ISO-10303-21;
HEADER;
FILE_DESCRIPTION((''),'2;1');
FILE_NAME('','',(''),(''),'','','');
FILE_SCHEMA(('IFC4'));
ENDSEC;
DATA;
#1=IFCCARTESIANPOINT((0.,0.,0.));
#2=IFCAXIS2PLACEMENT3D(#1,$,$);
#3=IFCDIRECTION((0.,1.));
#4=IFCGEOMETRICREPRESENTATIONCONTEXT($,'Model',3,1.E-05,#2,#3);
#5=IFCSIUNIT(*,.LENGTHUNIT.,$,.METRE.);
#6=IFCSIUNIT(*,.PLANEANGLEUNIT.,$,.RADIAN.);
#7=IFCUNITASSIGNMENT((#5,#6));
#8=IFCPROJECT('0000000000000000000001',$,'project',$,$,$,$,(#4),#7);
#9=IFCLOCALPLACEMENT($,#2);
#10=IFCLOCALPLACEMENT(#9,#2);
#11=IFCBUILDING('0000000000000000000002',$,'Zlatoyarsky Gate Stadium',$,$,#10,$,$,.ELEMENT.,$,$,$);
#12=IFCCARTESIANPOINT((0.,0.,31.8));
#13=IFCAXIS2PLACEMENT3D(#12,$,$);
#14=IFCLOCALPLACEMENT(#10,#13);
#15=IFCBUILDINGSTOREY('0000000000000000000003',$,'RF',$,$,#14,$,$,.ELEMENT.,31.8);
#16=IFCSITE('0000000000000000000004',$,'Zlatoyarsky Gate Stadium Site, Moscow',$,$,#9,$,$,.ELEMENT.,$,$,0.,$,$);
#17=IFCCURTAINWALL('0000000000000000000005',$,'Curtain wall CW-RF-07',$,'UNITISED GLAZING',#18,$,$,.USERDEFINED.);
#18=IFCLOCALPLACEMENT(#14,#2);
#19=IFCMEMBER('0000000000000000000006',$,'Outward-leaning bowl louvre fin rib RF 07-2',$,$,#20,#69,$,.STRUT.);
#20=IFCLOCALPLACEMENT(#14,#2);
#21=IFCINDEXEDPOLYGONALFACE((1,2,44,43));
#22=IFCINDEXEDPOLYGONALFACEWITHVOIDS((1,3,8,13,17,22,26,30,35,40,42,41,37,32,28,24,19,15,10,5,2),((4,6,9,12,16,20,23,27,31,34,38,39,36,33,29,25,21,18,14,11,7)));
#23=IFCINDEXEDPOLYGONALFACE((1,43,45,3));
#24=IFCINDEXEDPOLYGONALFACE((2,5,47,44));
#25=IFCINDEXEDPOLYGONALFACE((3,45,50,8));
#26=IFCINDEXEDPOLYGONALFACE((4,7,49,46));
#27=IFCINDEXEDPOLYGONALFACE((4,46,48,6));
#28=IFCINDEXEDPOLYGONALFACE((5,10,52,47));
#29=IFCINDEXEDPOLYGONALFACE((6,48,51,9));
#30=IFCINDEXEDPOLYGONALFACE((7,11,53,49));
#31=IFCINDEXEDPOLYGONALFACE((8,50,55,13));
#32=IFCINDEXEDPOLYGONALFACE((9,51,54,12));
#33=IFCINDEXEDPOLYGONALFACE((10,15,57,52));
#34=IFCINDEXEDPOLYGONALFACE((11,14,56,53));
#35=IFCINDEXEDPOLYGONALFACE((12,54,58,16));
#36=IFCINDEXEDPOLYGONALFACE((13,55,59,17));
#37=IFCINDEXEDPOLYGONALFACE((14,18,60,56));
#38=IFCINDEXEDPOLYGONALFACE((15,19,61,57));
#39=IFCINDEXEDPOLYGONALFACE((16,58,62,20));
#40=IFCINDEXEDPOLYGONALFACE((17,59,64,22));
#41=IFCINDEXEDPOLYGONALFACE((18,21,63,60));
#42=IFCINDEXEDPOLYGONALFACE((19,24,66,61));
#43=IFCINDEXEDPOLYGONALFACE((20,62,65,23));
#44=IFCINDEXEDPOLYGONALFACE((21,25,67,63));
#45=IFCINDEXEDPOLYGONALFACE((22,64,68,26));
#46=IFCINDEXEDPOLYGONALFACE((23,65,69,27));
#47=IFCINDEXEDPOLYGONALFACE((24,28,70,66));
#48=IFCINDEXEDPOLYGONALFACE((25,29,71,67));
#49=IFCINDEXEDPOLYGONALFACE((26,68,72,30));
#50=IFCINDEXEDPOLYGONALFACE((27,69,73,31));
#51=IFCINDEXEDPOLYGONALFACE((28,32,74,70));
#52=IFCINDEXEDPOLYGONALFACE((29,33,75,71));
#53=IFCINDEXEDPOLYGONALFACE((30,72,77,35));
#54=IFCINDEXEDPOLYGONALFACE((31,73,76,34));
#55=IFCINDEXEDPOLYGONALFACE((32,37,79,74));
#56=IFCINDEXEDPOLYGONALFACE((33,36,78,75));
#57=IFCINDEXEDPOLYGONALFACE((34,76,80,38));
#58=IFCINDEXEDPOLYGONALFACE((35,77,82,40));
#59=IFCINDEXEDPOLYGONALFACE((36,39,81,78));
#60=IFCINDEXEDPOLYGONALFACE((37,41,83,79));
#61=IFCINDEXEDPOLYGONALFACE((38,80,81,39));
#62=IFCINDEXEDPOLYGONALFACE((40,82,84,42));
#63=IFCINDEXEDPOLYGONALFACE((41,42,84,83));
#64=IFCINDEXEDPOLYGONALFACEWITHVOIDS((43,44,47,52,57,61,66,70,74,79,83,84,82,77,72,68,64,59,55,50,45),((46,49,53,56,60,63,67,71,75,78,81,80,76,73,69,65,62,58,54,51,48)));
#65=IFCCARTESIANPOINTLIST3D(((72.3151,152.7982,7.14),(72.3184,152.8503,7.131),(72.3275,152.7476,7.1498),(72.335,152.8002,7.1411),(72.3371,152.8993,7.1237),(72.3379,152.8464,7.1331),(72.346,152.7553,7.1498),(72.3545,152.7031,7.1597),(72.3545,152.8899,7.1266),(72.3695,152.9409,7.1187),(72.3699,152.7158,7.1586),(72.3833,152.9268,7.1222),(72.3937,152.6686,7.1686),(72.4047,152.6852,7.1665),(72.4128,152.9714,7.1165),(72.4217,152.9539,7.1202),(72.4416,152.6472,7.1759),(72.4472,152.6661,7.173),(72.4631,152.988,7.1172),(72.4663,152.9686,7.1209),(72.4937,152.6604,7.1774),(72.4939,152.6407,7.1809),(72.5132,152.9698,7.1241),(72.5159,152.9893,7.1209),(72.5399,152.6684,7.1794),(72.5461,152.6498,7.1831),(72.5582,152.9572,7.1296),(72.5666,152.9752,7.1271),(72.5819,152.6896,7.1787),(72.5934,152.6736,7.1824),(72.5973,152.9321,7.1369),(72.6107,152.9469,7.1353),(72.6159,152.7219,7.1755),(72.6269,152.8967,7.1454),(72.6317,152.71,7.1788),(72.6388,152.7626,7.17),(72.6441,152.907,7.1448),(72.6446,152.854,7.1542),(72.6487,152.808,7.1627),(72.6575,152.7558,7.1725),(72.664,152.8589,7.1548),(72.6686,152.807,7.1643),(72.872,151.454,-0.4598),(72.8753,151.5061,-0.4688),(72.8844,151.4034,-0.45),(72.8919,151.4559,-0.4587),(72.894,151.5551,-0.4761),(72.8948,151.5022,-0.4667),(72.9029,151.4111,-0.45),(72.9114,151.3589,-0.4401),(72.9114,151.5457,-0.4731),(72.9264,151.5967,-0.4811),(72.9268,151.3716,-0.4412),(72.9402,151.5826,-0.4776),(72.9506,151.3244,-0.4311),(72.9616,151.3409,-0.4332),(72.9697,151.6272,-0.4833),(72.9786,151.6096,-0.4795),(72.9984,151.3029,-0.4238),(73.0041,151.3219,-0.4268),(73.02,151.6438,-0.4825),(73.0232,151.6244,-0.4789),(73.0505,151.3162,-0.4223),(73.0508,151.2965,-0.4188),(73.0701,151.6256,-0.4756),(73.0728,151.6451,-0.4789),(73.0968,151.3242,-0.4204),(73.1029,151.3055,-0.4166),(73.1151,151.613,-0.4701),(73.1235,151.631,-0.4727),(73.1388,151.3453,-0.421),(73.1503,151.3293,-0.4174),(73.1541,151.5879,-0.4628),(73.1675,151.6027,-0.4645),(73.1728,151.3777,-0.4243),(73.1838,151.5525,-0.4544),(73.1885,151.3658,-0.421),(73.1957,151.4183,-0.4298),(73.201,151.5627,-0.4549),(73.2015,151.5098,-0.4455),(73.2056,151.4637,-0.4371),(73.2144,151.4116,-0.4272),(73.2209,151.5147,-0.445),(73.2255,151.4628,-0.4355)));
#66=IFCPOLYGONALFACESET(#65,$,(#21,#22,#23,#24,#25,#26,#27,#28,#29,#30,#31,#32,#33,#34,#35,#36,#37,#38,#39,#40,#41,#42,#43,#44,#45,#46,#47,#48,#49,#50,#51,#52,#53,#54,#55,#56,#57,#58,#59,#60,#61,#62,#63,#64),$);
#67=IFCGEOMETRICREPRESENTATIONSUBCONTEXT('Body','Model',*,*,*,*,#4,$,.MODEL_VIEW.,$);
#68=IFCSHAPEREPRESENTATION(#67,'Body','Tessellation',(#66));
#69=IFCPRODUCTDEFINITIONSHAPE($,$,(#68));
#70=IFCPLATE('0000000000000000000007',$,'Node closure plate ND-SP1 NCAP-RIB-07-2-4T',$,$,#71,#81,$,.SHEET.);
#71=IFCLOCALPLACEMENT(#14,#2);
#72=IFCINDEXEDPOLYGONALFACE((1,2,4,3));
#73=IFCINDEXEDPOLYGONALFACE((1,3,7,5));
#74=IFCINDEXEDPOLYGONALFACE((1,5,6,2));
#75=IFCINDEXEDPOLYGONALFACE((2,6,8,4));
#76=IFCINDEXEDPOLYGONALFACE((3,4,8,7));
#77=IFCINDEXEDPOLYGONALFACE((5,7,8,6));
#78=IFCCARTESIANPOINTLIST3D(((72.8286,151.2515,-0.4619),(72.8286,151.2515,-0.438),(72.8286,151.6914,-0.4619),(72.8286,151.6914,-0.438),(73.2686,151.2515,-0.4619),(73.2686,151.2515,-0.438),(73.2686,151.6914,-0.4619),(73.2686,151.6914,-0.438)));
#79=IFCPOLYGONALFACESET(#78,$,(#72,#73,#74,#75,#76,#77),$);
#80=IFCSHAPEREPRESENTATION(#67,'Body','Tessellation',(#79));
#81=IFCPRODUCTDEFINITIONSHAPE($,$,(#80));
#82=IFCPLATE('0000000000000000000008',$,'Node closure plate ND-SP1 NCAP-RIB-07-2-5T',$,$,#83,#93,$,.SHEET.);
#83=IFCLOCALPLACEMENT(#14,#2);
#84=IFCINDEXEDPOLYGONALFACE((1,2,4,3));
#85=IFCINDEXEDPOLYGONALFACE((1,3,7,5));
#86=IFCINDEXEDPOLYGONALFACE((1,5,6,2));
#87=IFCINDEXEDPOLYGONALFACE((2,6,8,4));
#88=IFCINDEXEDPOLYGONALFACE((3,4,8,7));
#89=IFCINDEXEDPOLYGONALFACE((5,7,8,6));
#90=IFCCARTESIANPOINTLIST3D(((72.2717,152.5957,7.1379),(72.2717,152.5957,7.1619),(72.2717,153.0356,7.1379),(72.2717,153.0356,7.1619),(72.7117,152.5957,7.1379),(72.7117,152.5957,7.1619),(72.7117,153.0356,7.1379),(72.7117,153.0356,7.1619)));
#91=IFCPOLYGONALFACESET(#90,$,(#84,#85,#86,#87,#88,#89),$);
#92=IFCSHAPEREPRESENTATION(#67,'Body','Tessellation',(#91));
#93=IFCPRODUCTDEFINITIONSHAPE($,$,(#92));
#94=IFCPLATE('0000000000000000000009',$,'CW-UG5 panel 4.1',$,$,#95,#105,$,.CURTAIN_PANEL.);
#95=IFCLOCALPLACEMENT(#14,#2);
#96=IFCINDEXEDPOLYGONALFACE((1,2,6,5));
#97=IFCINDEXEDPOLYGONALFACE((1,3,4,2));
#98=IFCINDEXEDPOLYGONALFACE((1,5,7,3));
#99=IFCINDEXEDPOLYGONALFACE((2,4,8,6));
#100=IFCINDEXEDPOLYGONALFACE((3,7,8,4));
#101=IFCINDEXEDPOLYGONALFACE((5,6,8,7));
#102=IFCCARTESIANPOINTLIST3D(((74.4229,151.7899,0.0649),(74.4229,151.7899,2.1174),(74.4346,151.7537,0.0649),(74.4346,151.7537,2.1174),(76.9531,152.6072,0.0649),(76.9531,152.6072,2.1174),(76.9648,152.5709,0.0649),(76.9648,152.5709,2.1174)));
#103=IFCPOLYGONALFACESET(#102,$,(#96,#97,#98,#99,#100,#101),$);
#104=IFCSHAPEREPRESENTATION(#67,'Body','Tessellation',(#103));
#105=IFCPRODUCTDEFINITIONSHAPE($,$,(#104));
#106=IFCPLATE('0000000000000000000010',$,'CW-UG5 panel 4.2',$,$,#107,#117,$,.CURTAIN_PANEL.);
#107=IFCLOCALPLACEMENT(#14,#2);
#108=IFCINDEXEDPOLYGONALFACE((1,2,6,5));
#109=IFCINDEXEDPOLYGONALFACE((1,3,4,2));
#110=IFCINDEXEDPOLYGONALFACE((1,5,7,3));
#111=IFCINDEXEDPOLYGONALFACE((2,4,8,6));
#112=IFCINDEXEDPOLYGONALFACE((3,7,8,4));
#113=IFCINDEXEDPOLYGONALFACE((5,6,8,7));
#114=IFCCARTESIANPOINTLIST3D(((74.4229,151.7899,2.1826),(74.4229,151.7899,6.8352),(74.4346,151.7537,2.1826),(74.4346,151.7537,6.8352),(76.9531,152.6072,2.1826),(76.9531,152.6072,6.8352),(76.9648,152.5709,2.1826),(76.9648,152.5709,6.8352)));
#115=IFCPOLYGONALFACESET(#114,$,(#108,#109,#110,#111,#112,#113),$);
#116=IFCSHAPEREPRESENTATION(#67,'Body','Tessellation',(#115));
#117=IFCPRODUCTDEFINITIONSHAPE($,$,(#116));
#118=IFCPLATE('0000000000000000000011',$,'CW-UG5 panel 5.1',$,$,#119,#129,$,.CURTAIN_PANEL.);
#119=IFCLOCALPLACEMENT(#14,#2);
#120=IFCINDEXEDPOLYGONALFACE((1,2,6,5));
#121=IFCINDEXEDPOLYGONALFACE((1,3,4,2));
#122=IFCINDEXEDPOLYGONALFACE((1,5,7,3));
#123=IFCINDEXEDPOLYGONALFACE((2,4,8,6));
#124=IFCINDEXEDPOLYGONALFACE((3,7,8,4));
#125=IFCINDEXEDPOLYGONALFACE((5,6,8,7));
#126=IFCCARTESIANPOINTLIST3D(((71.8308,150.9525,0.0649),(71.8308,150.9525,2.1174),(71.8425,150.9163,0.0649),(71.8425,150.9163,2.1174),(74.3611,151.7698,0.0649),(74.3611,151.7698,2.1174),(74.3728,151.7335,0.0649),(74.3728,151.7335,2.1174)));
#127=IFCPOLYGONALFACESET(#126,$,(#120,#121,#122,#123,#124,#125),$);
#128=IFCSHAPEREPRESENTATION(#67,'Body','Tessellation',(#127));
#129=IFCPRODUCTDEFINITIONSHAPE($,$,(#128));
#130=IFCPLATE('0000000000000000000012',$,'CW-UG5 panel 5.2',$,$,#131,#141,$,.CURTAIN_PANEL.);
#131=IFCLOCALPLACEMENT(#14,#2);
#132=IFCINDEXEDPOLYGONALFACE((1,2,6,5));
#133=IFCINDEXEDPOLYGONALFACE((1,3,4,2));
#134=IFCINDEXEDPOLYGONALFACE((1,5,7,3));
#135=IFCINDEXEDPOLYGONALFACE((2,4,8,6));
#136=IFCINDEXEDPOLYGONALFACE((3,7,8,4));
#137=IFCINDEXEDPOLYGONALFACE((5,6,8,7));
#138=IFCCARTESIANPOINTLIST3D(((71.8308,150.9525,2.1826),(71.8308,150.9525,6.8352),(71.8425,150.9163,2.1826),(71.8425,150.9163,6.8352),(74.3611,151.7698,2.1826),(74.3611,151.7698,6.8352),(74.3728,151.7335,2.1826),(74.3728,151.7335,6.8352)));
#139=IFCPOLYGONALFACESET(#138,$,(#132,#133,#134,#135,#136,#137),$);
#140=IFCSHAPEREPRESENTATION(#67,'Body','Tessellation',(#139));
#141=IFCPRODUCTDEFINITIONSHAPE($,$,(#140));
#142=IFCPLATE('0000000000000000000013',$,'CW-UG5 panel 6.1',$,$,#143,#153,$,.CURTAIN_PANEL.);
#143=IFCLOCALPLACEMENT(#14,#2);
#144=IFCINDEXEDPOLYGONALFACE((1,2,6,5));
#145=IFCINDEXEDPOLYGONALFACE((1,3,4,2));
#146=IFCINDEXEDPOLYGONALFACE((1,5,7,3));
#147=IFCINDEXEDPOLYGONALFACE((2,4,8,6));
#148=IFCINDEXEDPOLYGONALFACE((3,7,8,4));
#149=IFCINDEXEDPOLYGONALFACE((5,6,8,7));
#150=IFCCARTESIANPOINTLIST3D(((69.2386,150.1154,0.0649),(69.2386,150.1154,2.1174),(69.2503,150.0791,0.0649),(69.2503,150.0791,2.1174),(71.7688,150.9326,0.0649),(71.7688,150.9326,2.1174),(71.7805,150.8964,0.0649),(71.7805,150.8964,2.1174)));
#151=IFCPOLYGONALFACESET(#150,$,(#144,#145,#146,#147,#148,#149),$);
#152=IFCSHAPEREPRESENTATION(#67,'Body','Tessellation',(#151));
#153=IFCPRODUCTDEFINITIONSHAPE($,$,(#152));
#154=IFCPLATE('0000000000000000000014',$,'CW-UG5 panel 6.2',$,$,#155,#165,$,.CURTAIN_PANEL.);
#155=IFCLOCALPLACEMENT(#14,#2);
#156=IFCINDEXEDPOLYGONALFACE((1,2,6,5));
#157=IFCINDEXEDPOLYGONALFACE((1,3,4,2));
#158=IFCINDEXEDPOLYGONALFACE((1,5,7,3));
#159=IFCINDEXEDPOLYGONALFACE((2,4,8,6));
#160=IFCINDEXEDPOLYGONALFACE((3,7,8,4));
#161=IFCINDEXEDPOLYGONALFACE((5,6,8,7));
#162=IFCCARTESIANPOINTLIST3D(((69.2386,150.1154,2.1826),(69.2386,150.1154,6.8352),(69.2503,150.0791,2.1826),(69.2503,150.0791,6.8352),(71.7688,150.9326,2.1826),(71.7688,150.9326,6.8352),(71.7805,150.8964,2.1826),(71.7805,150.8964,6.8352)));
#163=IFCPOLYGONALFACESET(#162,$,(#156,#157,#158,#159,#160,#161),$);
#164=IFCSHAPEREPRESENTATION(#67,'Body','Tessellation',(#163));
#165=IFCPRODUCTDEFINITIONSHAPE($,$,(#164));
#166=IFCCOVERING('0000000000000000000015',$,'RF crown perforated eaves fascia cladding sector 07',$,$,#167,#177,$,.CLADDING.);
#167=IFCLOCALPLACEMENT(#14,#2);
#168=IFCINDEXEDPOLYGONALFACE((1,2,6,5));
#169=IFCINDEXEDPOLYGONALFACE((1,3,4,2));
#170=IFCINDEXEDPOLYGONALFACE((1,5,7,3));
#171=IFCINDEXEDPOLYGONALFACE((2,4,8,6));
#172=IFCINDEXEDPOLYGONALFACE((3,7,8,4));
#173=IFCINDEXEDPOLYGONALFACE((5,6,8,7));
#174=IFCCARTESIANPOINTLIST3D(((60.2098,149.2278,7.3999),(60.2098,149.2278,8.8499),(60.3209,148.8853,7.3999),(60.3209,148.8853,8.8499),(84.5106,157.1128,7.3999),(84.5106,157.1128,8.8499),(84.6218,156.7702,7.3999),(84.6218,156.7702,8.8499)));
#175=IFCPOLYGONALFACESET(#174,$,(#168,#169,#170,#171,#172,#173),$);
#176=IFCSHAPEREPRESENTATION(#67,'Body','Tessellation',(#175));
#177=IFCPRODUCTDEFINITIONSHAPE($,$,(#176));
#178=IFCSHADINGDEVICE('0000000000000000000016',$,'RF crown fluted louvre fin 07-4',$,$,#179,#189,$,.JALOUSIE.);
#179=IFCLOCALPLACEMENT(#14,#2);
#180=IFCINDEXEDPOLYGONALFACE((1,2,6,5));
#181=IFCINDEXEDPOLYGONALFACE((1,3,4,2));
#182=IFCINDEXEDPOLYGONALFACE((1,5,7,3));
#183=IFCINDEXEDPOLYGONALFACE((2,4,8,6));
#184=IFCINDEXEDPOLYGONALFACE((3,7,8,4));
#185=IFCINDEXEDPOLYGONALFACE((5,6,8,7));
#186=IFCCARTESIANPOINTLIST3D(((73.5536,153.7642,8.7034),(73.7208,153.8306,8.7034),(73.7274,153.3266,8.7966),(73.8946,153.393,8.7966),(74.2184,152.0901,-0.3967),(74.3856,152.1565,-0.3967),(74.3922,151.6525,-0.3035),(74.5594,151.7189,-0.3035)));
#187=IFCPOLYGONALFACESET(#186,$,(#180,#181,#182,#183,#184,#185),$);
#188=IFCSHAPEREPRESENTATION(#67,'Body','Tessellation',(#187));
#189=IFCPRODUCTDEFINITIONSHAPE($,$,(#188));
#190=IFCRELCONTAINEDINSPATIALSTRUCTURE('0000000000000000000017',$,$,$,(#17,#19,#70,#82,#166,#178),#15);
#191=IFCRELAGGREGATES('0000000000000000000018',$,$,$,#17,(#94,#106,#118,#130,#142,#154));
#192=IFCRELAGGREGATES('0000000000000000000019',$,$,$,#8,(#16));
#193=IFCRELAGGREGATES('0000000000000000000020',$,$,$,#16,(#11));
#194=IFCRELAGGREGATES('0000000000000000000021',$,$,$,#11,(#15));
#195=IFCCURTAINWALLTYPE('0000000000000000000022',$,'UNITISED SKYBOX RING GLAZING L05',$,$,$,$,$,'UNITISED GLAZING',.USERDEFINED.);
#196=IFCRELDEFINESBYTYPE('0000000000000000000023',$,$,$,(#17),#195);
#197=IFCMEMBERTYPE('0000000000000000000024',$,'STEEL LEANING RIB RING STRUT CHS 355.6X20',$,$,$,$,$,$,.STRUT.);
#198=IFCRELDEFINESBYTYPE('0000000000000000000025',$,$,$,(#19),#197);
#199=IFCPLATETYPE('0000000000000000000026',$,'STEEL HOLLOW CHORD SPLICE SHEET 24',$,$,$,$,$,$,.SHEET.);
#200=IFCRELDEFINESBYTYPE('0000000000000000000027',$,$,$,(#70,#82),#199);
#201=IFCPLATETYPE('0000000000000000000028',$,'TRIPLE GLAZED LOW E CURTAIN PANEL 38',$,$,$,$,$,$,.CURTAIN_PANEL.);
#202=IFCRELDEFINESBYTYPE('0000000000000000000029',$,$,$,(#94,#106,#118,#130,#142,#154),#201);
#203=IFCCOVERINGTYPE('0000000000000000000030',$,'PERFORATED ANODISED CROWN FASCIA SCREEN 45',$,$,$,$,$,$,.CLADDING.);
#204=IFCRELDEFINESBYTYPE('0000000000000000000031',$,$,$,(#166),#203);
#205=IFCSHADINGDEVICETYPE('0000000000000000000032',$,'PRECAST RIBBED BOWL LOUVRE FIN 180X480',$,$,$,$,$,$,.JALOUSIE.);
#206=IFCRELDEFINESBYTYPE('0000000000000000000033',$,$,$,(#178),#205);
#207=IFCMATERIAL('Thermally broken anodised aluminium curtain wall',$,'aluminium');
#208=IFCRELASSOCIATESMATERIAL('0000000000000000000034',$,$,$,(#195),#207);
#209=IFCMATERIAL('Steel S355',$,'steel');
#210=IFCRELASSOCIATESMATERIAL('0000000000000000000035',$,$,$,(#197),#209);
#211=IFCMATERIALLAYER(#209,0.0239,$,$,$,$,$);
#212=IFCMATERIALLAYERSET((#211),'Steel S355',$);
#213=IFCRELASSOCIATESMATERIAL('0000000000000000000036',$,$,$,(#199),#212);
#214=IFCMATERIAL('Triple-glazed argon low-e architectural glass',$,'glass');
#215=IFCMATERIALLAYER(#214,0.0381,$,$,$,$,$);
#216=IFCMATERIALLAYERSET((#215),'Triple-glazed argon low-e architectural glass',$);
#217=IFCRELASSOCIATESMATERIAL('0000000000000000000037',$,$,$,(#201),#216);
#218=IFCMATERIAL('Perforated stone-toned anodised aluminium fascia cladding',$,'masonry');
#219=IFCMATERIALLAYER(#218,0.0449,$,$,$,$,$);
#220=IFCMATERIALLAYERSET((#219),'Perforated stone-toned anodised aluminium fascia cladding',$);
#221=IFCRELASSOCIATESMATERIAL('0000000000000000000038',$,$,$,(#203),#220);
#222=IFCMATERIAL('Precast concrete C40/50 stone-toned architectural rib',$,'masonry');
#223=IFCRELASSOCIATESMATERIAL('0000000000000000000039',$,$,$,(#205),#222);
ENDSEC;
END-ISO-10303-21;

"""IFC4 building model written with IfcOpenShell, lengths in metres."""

from ifc_helpers import new_model, si_unit, direction, frame, origin, origin_2d, place, context, subcontext, project, spatial, rectangle, hollow_circle, extrude, material, layer, layer_set, material_profile, profile_set, type_object, element, aggregate, save


model = new_model("IFC4")

# Units and contexts
model_context = context("Model", 3, precision=1e-05, world=origin(), true_north=direction((0.0, 1.0)))
body_context = subcontext(model_context, "Body", "Model", "MODEL_VIEW")
ifc_project = project(units=[si_unit("LENGTHUNIT", "METRE"), si_unit("PLANEANGLEUNIT", "RADIAN")], contexts=[model_context])

# Site, building, storey
site_placement = place(None, origin())
site = spatial("IfcSite", under=ifc_project, at=site_placement, Name="Zlatoyarsky Gate Stadium Site, Moscow", CompositionType="ELEMENT", RefElevation=0.0)
building_placement = place(site_placement, origin())
building = spatial("IfcBuilding", under=site, at=building_placement, Name="Zlatoyarsky Gate Stadium", CompositionType="ELEMENT")
storey_placement = place(building_placement, frame((0.0, 0.0, 31.8)))
storey = spatial("IfcBuildingStorey", under=building, at=storey_placement, Name="RF", CompositionType="ELEMENT", Elevation=31.8)

# Curtain wall
ifc_material_1 = material(Name="Thermally broken anodised aluminium curtain wall", Category="aluminium")
curtain_wall_type = type_object("IfcCurtainWallType", Name="UNITISED SKYBOX RING GLAZING L05", ElementType="UNITISED GLAZING", PredefinedType="USERDEFINED", material=ifc_material_1)
curtain_wall_placement = place(storey_placement, origin())
curtain_wall = element("IfcCurtainWall", 1, at=curtain_wall_placement, inside=storey, type_object=curtain_wall_type, Name="Curtain wall CW-RF-07", ObjectType="UNITISED GLAZING", PredefinedType="USERDEFINED")

# Member
ifc_material_2 = material(Name="Steel S355", Category="steel")
ifc_material_profile_1 = material_profile(ifc_material_2, hollow_circle(Radius=0.1777, WallThickness=0.02, at=origin_2d()), Name="CHS 355.6X20")
ifc_profile_set_1 = profile_set([ifc_material_profile_1], Name="Steel S355")
member_type_1 = type_object("IfcMemberType", Name="STEEL LEANING RIB RING STRUT CHS 355.6X20", PredefinedType="STRUT", material=ifc_profile_set_1)
member_1_placement = place(storey_placement, frame((73.0486, 151.4714, -0.45), z_axis=(-0.071969, 0.173722, 0.982162), x_axis=(-0.923859, -0.382732, 0.0)))
element("IfcMember", 2, at=member_1_placement, inside=storey, type_object=member_type_1, Name="Outward-leaning bowl louvre fin rib RF 07-2", PredefinedType="STRUT", context=body_context, shape_type="SweptSolid", body=[
    extrude(hollow_circle(Radius=0.1777, WallThickness=0.02, at=origin_2d()), origin(), (0.0, 0.0, 1.0), 7.7378),
])

# Plates
ifc_layer_1 = layer(ifc_material_2, 0.0239)
ifc_layer_set_1 = layer_set([ifc_layer_1], Name="Steel S355")
plate_type_1 = type_object("IfcPlateType", Name="STEEL HOLLOW CHORD SPLICE SHEET 24", PredefinedType="SHEET", material=ifc_layer_set_1)
for number, where, z_axis, x_axis, name in (
    (3, (73.0486, 151.4714, -0.4619), (0.0, 0.0, 1.0), (1.0, 0.0, 0.0), "Node closure plate ND-SP1 NCAP-RIB-07-2-4T"),
    (4, (72.4917, 152.8157, 7.1379), (0.0, 0.0, 1.0), (1.0, 0.0, 0.0), "Node closure plate ND-SP1 NCAP-RIB-07-2-5T"),
):
    element("IfcPlate", number, at=place(storey_placement, frame(where, z_axis=z_axis, x_axis=x_axis)), inside=storey, type_object=plate_type_1, Name=name, PredefinedType="SHEET", context=body_context, shape_type="SweptSolid", body=[
        extrude(rectangle(XDim=0.4399, YDim=0.4399, at=origin_2d()), origin(), (0.0, 0.0, 1.0), 0.0239),
    ])

# Plates
ifc_material_3 = material(Name="Triple-glazed argon low-e architectural glass", Category="glass")
ifc_layer_2 = layer(ifc_material_3, 0.0381)
ifc_layer_set_2 = layer_set([ifc_layer_2], Name="Triple-glazed argon low-e architectural glass")
plate_type_2 = type_object("IfcPlateType", Name="TRIPLE GLAZED LOW E CURTAIN PANEL 38", PredefinedType="CURTAIN_PANEL", material=ifc_layer_set_2)
plate_1_placement = place(storey_placement, frame((75.6938, 152.1804, 0.0649), z_axis=(0.0, 0.0, 1.0), x_axis=(-0.951596, -0.307352, 0.0)))
plate_1 = element("IfcPlate", 5, at=plate_1_placement, type_object=plate_type_2, Name="CW-UG5 panel 4.1", PredefinedType="CURTAIN_PANEL", context=body_context, shape_type="SweptSolid", body=[
    extrude(rectangle(XDim=2.6589, YDim=0.0381, at=origin_2d()), origin(), (0.0, 0.0, 1.0), 2.0525),
])
plate_2_placement = place(storey_placement, frame((75.6938, 152.1804, 2.1826), z_axis=(0.0, 0.0, 1.0), x_axis=(-0.951596, -0.307352, 0.0)))
plate_2 = element("IfcPlate", 6, at=plate_2_placement, type_object=plate_type_2, Name="CW-UG5 panel 4.2", PredefinedType="CURTAIN_PANEL", context=body_context, shape_type="SweptSolid", body=[
    extrude(rectangle(XDim=2.6589, YDim=0.0381, at=origin_2d()), origin(), (0.0, 0.0, 1.0), 4.6526),
])
plate_3_placement = place(storey_placement, frame((73.1018, 151.343, 0.0649), z_axis=(0.0, 0.0, 1.0), x_axis=(-0.951596, -0.307352, 0.0)))
plate_3 = element("IfcPlate", 7, at=plate_3_placement, type_object=plate_type_2, Name="CW-UG5 panel 5.1", PredefinedType="CURTAIN_PANEL", context=body_context, shape_type="SweptSolid", body=[
    extrude(rectangle(XDim=2.6589, YDim=0.0381, at=origin_2d()), origin(), (0.0, 0.0, 1.0), 2.0525),
])
plate_4_placement = place(storey_placement, frame((73.1018, 151.343, 2.1826), z_axis=(0.0, 0.0, 1.0), x_axis=(-0.951596, -0.307352, 0.0)))
plate_4 = element("IfcPlate", 8, at=plate_4_placement, type_object=plate_type_2, Name="CW-UG5 panel 5.2", PredefinedType="CURTAIN_PANEL", context=body_context, shape_type="SweptSolid", body=[
    extrude(rectangle(XDim=2.6589, YDim=0.0381, at=origin_2d()), origin(), (0.0, 0.0, 1.0), 4.6526),
])
plate_5_placement = place(storey_placement, frame((70.5095, 150.5059, 0.0649), z_axis=(0.0, 0.0, 1.0), x_axis=(-0.951596, -0.307352, 0.0)))
plate_5 = element("IfcPlate", 9, at=plate_5_placement, type_object=plate_type_2, Name="CW-UG5 panel 6.1", PredefinedType="CURTAIN_PANEL", context=body_context, shape_type="SweptSolid", body=[
    extrude(rectangle(XDim=2.6589, YDim=0.0381, at=origin_2d()), origin(), (0.0, 0.0, 1.0), 2.0525),
])
plate_6_placement = place(storey_placement, frame((70.5095, 150.5059, 2.1826), z_axis=(0.0, 0.0, 1.0), x_axis=(-0.951596, -0.307352, 0.0)))
plate_6 = element("IfcPlate", 10, at=plate_6_placement, type_object=plate_type_2, Name="CW-UG5 panel 6.2", PredefinedType="CURTAIN_PANEL", context=body_context, shape_type="SweptSolid", body=[
    extrude(rectangle(XDim=2.6589, YDim=0.0381, at=origin_2d()), origin(), (0.0, 0.0, 1.0), 4.6526),
])
aggregate(curtain_wall, [plate_1, plate_2, plate_3, plate_4, plate_5, plate_6])

# Covering
ifc_material_4 = material(Name="Perforated stone-toned anodised aluminium fascia cladding", Category="masonry")
ifc_layer_3 = layer(ifc_material_4, 0.0449)
ifc_layer_set_3 = layer_set([ifc_layer_3], Name="Perforated stone-toned anodised aluminium fascia cladding")
covering_type = type_object("IfcCoveringType", Name="PERFORATED ANODISED CROWN FASCIA SCREEN 45", PredefinedType="CLADDING", material=ifc_layer_set_3)
covering_placement = place(storey_placement, frame((72.4158, 152.999, 7.3999), z_axis=(0.0, 0.0, 1.0), x_axis=(-0.951181, -0.308633, 0.0)))
element("IfcCovering", 11, at=covering_placement, inside=storey, type_object=covering_type, Name="RF crown perforated eaves fascia cladding sector 07", PredefinedType="CLADDING", context=body_context, shape_type="SweptSolid", body=[
    extrude(rectangle(XDim=25.5481, YDim=0.3601, at=origin_2d()), origin(), (0.0, 0.0, 1.0), 1.45),
])

# Shading device
ifc_material_5 = material(Name="Precast concrete C40/50 stone-toned architectural rib", Category="masonry")
ifc_material_profile_2 = material_profile(ifc_material_5, rectangle(XDim=0.1799, YDim=0.48, at=origin_2d()), Name="RIB 180X480")
ifc_profile_set_2 = profile_set([ifc_material_profile_2], Name="Precast concrete C40/50 stone-toned architectural rib")
shading_device_type = type_object("IfcShadingDeviceType", Name="PRECAST RIBBED BOWL LOUVRE FIN 180X480", PredefinedType="JALOUSIE", material=ifc_profile_set_2)
for number, where, z_axis, x_axis, name in (
    (12, (74.3889, 151.9045, -0.3501), (-0.071663, 0.180461, 0.980968), (-0.929399, -0.369076, 0.0), "RF crown fluted louvre fin 07-4"),
):
    element("IfcShadingDevice", number, at=place(storey_placement, frame(where, z_axis=z_axis, x_axis=x_axis)), inside=storey, type_object=shading_device_type, Name=name, PredefinedType="JALOUSIE", context=body_context, shape_type="SweptSolid", body=[
        extrude(rectangle(XDim=0.1799, YDim=0.48, at=origin_2d()), origin(), (0.0, 0.0, 1.0), 9.2766),
    ])

save(model, "model.ifc")
